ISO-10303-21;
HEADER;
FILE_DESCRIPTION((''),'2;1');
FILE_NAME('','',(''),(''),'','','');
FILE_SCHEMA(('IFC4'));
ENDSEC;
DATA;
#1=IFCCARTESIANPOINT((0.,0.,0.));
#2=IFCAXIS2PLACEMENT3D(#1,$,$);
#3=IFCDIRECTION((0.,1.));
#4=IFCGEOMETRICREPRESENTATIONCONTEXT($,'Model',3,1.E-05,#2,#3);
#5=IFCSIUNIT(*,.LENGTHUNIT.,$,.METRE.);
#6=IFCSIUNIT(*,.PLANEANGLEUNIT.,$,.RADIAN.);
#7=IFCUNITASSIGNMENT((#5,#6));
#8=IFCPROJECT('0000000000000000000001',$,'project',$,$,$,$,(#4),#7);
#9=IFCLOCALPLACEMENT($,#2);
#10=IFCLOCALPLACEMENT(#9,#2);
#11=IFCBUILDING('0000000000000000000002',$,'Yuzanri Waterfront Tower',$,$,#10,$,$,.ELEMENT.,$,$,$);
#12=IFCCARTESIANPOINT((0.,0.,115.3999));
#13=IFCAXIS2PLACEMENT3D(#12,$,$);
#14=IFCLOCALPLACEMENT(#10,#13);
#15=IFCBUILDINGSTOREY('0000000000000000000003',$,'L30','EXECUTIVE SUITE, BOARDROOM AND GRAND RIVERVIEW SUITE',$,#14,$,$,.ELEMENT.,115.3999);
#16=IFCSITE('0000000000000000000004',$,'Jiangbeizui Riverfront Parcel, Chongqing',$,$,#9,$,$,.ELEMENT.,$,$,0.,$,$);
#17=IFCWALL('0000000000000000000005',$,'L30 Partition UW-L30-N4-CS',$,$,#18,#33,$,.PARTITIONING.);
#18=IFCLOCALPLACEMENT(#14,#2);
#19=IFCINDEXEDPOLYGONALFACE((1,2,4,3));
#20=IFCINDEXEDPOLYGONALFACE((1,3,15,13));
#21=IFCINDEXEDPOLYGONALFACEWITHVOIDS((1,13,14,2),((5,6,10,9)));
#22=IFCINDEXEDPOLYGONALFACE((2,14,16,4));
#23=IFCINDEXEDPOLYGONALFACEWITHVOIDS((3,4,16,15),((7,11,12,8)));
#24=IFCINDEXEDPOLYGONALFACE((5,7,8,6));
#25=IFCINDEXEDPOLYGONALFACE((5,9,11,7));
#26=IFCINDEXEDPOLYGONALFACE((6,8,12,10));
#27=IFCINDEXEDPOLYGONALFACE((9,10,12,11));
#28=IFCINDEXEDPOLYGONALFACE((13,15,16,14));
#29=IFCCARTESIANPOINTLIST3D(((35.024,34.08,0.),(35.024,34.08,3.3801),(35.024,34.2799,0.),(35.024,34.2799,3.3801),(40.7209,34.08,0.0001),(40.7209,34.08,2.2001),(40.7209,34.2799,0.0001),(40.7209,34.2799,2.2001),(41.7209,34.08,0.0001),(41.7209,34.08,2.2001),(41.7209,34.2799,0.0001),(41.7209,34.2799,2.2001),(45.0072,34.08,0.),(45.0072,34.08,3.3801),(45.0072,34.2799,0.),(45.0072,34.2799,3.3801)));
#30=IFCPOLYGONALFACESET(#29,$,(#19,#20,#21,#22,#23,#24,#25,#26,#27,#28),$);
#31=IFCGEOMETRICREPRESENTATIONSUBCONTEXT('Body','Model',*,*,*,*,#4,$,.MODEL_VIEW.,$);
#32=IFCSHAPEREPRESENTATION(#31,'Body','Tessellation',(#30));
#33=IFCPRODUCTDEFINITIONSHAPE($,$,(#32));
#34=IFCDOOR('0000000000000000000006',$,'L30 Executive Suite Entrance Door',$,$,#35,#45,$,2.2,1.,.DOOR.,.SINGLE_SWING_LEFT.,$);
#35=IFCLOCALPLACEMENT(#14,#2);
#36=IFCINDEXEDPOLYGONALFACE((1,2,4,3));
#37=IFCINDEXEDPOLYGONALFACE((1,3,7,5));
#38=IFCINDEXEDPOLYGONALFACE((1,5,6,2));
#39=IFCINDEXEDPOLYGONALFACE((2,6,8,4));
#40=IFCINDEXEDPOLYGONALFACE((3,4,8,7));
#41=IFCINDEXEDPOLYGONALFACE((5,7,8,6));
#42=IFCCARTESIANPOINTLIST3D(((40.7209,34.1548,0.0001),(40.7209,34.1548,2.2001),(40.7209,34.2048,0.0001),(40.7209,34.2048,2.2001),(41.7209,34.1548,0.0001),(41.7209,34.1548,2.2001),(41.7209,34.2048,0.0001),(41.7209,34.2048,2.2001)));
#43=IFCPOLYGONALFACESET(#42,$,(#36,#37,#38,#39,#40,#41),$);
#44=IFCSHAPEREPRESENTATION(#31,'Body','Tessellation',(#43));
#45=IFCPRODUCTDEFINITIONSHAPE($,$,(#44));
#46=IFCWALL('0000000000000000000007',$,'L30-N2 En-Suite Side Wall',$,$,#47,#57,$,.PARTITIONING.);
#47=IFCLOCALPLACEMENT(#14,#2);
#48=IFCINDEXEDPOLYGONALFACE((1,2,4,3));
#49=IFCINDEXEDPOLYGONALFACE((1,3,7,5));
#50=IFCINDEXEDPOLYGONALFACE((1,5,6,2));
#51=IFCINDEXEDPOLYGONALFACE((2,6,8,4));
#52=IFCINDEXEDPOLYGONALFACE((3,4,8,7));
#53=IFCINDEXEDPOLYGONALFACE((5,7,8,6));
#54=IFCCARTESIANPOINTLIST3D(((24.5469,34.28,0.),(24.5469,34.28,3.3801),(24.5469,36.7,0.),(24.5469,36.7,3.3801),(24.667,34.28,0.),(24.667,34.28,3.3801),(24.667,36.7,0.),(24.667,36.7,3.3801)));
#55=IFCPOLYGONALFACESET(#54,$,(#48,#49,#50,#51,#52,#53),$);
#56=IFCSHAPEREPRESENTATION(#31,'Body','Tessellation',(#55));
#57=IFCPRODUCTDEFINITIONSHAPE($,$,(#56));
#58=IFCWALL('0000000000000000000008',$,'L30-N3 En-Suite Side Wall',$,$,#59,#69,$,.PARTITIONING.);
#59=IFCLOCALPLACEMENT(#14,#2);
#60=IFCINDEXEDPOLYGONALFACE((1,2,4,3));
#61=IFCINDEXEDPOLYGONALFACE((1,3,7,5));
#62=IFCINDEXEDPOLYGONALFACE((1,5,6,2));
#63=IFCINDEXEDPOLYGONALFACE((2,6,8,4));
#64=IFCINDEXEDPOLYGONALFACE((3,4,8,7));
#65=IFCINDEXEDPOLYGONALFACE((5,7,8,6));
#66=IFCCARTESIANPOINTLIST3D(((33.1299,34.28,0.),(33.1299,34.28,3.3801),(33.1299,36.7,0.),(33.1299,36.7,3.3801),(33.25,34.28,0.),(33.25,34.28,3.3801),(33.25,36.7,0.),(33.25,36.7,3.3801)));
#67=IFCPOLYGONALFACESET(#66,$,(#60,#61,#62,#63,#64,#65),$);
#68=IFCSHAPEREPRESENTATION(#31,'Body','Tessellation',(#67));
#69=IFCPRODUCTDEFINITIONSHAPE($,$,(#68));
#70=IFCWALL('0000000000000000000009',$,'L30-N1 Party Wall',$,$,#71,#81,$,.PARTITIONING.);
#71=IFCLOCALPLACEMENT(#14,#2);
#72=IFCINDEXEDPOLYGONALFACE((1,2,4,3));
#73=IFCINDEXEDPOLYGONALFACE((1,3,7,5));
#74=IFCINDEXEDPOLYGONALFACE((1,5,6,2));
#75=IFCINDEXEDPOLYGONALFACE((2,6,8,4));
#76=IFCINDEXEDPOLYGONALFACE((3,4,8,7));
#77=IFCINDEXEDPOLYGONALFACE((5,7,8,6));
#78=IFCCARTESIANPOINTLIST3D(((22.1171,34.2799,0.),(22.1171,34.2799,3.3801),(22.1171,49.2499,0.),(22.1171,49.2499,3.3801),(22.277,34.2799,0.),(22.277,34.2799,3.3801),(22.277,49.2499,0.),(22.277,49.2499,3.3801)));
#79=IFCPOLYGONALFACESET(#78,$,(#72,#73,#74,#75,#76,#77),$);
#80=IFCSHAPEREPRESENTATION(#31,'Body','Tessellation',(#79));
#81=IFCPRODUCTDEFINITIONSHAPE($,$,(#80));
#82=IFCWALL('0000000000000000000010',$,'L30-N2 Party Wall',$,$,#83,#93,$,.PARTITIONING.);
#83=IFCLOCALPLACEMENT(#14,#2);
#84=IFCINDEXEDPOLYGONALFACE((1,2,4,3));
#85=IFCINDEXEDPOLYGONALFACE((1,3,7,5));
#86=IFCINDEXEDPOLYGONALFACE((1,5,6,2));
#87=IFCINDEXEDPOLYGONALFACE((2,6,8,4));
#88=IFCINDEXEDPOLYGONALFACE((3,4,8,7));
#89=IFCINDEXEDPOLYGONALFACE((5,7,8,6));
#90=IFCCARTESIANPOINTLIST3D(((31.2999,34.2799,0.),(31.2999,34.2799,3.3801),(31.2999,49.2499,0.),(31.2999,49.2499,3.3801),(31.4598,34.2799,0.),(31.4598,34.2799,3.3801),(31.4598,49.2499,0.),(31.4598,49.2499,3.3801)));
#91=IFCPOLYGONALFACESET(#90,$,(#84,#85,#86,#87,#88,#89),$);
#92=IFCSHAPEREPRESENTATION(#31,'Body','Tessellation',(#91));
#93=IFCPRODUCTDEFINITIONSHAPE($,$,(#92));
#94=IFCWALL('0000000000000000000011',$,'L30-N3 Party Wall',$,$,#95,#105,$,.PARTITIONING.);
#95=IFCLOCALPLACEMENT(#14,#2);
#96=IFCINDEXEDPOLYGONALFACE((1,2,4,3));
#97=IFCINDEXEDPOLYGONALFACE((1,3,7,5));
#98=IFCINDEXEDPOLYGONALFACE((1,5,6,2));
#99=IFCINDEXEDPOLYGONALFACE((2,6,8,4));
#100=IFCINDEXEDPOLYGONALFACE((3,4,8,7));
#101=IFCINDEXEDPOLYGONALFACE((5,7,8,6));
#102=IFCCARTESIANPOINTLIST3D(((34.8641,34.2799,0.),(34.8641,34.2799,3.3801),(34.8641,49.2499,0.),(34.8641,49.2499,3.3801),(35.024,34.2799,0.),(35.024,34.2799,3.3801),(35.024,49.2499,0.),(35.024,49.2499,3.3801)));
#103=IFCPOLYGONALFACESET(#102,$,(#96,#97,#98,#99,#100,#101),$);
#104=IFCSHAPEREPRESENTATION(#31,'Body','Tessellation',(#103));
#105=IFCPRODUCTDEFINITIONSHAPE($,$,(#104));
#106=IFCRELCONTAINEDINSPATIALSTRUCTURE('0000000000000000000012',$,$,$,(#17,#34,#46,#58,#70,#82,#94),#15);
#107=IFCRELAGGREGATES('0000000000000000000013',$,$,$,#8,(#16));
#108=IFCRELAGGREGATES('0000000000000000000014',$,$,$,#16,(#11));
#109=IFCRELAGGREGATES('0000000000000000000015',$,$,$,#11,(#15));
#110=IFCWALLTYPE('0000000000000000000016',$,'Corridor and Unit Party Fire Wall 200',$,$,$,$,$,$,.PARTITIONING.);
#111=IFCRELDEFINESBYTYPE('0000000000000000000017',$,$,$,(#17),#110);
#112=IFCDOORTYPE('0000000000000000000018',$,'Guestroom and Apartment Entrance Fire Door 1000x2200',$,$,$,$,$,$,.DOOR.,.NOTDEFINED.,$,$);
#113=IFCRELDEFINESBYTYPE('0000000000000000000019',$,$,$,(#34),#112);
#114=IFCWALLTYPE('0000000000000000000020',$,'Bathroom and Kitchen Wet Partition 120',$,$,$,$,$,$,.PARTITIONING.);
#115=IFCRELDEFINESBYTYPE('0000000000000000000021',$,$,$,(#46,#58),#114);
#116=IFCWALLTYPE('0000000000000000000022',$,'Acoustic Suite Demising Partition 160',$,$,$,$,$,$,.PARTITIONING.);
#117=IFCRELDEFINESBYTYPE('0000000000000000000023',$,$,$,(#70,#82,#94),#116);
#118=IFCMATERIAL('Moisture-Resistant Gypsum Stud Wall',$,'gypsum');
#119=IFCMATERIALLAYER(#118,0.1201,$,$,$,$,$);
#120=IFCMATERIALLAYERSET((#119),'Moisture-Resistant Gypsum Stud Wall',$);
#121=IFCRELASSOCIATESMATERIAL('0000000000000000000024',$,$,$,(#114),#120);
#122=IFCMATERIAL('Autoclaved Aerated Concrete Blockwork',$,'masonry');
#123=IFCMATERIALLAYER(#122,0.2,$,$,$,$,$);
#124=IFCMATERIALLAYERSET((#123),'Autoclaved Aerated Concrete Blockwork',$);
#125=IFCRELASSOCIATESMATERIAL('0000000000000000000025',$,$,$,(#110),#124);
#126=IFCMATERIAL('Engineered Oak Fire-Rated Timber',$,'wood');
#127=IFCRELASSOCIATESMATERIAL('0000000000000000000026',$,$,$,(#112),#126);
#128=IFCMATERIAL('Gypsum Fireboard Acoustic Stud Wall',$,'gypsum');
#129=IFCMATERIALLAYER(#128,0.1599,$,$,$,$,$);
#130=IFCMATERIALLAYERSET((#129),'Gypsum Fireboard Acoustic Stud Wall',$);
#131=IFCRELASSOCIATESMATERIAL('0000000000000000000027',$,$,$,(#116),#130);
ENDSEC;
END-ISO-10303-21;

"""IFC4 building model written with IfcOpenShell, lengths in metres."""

from ifc_helpers import new_model, si_unit, direction, frame, frame_2d, origin, place, context, subcontext, project, spatial, rectangle, extrude, source, transform, mapped, material, layer, layer_set, type_object, element, fill, save


model = new_model("IFC4")

# Units and contexts
model_context = context("Model", 3, precision=1e-05, world=origin(), true_north=direction((0.0, 1.0)))
body_context = subcontext(model_context, "Body", "Model", "MODEL_VIEW")
ifc_project = project(units=[si_unit("LENGTHUNIT", "METRE"), si_unit("PLANEANGLEUNIT", "RADIAN")], contexts=[model_context])

# Site, building, storey
site_placement = place(None, origin())
site = spatial("IfcSite", under=ifc_project, at=site_placement, Name="Jiangbeizui Riverfront Parcel, Chongqing", CompositionType="ELEMENT", RefElevation=0.0)
building_placement = place(site_placement, origin())
building = spatial("IfcBuilding", under=site, at=building_placement, Name="Yuzanri Waterfront Tower", CompositionType="ELEMENT")
storey_placement = place(building_placement, frame((0.0, 0.0, 115.3999)))
storey = spatial("IfcBuildingStorey", under=building, at=storey_placement, Name="L30", Description="EXECUTIVE SUITE, BOARDROOM AND GRAND RIVERVIEW SUITE", CompositionType="ELEMENT", Elevation=115.3999)

# Wall, opening, door
ifc_material_1 = material(Name="Moisture-Resistant Gypsum Stud Wall", Category="gypsum")
ifc_layer_1 = layer(ifc_material_1, 0.1201)
ifc_layer_set_1 = layer_set([ifc_layer_1], Name="Moisture-Resistant Gypsum Stud Wall")
wall_type_1 = type_object("IfcWallType", Name="Bathroom and Kitchen Wet Partition 120", PredefinedType="PARTITIONING", material=ifc_layer_set_1)
ifc_material_2 = material(Name="Autoclaved Aerated Concrete Blockwork", Category="masonry")
ifc_layer_2 = layer(ifc_material_2, 0.2)
ifc_layer_set_2 = layer_set([ifc_layer_2], Name="Autoclaved Aerated Concrete Blockwork")
wall_type_2 = type_object("IfcWallType", Name="Corridor and Unit Party Fire Wall 200", PredefinedType="PARTITIONING", material=ifc_layer_set_2)
ifc_material_3 = material(Name="Engineered Oak Fire-Rated Timber", Category="wood")
door_type_1 = type_object("IfcDoorType", Name="Guestroom and Apartment Entrance Fire Door 1000x2200", OperationType="NOTDEFINED", PredefinedType="DOOR", material=ifc_material_3)
shared_shape_1 = source(origin(), body_context, "Body", "SweptSolid", [
    extrude(rectangle(XDim=1.0, YDim=2.2, at=frame_2d((0.5, 1.1001))), frame((0.0, 0.0249, 0.0), z_axis=(0.0, -1.0, 0.0), x_axis=(1.0, 0.0, 0.0)), (0.0, 0.0, 1.0), 0.05),
])
wall_1_placement = place(storey_placement, frame((35.0239, 34.1799, 0.0), z_axis=(0.0, 0.0, 1.0), x_axis=(1.0, 0.0, 0.0)))
wall_1 = element("IfcWall", 1, at=wall_1_placement, inside=storey, type_object=wall_type_2, Name="L30 Partition UW-L30-N4-CS", PredefinedType="PARTITIONING", context=body_context, shape_type="SweptSolid", body=[
    extrude(rectangle(XDim=9.9832, YDim=0.2, at=frame_2d((4.9917, 0.0))), origin(), (0.0, 0.0, 1.0), 3.3801),
])
opening_1_placement = place(wall_1_placement, frame((5.697, 0.0, 0.0)))
opening_1 = element("IfcOpeningElement", 2, at=opening_1_placement, cuts=wall_1, PredefinedType="OPENING", context=body_context, shape_type="SweptSolid", body=[
    extrude(rectangle(XDim=1.0, YDim=2.2, at=frame_2d((0.5, 1.1001))), frame((0.0, 0.1147, 0.0), z_axis=(0.0, -1.0, 0.0), x_axis=(1.0, 0.0, 0.0)), (0.0, 0.0, 1.0), 0.2297),
])
door_1_placement = place(opening_1_placement, origin())
door_1 = element("IfcDoor", 3, at=door_1_placement, inside=storey, type_object=door_type_1, Name="L30 Executive Suite Entrance Door", OperationType="SINGLE_SWING_LEFT", OverallHeight=2.2, OverallWidth=1.0, PredefinedType="DOOR", context=body_context, shape_type="MappedRepresentation", body=[
    mapped(shared_shape_1, transform((0.0, 0.0, 0.0), scale=1.0)),
])
fill(opening_1, door_1)

# Walls
shared_shape_2 = source(origin(), body_context, "Body", "SweptSolid", [
    extrude(rectangle(XDim=2.4199, YDim=0.1201, at=frame_2d((1.21, 0.0))), origin(), (0.0, 0.0, 1.0), 3.3801),
])
for number, where, z_axis, x_axis, name in (
    (4, (24.6069, 34.28, 0.0), (0.0, 0.0, 1.0), (0.0, 1.0, 0.0), "L30-N2 En-Suite Side Wall"),
    (5, (33.1899, 34.28, 0.0), (0.0, 0.0, 1.0), (0.0, 1.0, 0.0), "L30-N3 En-Suite Side Wall"),
):
    element("IfcWall", number, at=place(storey_placement, frame(where, z_axis=z_axis, x_axis=x_axis)), inside=storey, type_object=wall_type_1, Name=name, PredefinedType="PARTITIONING", context=body_context, shape_type="MappedRepresentation", body=[
        mapped(shared_shape_2, transform((0.0, 0.0, 0.0), scale=1.0)),
    ])
ifc_material_4 = material(Name="Gypsum Fireboard Acoustic Stud Wall", Category="gypsum")
ifc_layer_3 = layer(ifc_material_4, 0.1599)
ifc_layer_set_3 = layer_set([ifc_layer_3], Name="Gypsum Fireboard Acoustic Stud Wall")
wall_type_3 = type_object("IfcWallType", Name="Acoustic Suite Demising Partition 160", PredefinedType="PARTITIONING", material=ifc_layer_set_3)
shared_shape_3 = source(origin(), body_context, "Body", "SweptSolid", [
    extrude(rectangle(XDim=14.97, YDim=0.1599, at=frame_2d((7.4849, 0.0))), origin(), (0.0, 0.0, 1.0), 3.3801),
])
for number, where, z_axis, x_axis, name in (
    (6, (22.197, 34.28, 0.0), (0.0, 0.0, 1.0), (0.0, 1.0, 0.0), "L30-N1 Party Wall"),
    (7, (31.3799, 34.28, 0.0), (0.0, 0.0, 1.0), (0.0, 1.0, 0.0), "L30-N2 Party Wall"),
    (8, (34.9441, 34.28, 0.0), (0.0, 0.0, 1.0), (0.0, 1.0, 0.0), "L30-N3 Party Wall"),
):
    element("IfcWall", number, at=place(storey_placement, frame(where, z_axis=z_axis, x_axis=x_axis)), inside=storey, type_object=wall_type_3, Name=name, PredefinedType="PARTITIONING", context=body_context, shape_type="MappedRepresentation", body=[
        mapped(shared_shape_3, transform((0.0, 0.0, 0.0), scale=1.0)),
    ])

save(model, "model.ifc")
